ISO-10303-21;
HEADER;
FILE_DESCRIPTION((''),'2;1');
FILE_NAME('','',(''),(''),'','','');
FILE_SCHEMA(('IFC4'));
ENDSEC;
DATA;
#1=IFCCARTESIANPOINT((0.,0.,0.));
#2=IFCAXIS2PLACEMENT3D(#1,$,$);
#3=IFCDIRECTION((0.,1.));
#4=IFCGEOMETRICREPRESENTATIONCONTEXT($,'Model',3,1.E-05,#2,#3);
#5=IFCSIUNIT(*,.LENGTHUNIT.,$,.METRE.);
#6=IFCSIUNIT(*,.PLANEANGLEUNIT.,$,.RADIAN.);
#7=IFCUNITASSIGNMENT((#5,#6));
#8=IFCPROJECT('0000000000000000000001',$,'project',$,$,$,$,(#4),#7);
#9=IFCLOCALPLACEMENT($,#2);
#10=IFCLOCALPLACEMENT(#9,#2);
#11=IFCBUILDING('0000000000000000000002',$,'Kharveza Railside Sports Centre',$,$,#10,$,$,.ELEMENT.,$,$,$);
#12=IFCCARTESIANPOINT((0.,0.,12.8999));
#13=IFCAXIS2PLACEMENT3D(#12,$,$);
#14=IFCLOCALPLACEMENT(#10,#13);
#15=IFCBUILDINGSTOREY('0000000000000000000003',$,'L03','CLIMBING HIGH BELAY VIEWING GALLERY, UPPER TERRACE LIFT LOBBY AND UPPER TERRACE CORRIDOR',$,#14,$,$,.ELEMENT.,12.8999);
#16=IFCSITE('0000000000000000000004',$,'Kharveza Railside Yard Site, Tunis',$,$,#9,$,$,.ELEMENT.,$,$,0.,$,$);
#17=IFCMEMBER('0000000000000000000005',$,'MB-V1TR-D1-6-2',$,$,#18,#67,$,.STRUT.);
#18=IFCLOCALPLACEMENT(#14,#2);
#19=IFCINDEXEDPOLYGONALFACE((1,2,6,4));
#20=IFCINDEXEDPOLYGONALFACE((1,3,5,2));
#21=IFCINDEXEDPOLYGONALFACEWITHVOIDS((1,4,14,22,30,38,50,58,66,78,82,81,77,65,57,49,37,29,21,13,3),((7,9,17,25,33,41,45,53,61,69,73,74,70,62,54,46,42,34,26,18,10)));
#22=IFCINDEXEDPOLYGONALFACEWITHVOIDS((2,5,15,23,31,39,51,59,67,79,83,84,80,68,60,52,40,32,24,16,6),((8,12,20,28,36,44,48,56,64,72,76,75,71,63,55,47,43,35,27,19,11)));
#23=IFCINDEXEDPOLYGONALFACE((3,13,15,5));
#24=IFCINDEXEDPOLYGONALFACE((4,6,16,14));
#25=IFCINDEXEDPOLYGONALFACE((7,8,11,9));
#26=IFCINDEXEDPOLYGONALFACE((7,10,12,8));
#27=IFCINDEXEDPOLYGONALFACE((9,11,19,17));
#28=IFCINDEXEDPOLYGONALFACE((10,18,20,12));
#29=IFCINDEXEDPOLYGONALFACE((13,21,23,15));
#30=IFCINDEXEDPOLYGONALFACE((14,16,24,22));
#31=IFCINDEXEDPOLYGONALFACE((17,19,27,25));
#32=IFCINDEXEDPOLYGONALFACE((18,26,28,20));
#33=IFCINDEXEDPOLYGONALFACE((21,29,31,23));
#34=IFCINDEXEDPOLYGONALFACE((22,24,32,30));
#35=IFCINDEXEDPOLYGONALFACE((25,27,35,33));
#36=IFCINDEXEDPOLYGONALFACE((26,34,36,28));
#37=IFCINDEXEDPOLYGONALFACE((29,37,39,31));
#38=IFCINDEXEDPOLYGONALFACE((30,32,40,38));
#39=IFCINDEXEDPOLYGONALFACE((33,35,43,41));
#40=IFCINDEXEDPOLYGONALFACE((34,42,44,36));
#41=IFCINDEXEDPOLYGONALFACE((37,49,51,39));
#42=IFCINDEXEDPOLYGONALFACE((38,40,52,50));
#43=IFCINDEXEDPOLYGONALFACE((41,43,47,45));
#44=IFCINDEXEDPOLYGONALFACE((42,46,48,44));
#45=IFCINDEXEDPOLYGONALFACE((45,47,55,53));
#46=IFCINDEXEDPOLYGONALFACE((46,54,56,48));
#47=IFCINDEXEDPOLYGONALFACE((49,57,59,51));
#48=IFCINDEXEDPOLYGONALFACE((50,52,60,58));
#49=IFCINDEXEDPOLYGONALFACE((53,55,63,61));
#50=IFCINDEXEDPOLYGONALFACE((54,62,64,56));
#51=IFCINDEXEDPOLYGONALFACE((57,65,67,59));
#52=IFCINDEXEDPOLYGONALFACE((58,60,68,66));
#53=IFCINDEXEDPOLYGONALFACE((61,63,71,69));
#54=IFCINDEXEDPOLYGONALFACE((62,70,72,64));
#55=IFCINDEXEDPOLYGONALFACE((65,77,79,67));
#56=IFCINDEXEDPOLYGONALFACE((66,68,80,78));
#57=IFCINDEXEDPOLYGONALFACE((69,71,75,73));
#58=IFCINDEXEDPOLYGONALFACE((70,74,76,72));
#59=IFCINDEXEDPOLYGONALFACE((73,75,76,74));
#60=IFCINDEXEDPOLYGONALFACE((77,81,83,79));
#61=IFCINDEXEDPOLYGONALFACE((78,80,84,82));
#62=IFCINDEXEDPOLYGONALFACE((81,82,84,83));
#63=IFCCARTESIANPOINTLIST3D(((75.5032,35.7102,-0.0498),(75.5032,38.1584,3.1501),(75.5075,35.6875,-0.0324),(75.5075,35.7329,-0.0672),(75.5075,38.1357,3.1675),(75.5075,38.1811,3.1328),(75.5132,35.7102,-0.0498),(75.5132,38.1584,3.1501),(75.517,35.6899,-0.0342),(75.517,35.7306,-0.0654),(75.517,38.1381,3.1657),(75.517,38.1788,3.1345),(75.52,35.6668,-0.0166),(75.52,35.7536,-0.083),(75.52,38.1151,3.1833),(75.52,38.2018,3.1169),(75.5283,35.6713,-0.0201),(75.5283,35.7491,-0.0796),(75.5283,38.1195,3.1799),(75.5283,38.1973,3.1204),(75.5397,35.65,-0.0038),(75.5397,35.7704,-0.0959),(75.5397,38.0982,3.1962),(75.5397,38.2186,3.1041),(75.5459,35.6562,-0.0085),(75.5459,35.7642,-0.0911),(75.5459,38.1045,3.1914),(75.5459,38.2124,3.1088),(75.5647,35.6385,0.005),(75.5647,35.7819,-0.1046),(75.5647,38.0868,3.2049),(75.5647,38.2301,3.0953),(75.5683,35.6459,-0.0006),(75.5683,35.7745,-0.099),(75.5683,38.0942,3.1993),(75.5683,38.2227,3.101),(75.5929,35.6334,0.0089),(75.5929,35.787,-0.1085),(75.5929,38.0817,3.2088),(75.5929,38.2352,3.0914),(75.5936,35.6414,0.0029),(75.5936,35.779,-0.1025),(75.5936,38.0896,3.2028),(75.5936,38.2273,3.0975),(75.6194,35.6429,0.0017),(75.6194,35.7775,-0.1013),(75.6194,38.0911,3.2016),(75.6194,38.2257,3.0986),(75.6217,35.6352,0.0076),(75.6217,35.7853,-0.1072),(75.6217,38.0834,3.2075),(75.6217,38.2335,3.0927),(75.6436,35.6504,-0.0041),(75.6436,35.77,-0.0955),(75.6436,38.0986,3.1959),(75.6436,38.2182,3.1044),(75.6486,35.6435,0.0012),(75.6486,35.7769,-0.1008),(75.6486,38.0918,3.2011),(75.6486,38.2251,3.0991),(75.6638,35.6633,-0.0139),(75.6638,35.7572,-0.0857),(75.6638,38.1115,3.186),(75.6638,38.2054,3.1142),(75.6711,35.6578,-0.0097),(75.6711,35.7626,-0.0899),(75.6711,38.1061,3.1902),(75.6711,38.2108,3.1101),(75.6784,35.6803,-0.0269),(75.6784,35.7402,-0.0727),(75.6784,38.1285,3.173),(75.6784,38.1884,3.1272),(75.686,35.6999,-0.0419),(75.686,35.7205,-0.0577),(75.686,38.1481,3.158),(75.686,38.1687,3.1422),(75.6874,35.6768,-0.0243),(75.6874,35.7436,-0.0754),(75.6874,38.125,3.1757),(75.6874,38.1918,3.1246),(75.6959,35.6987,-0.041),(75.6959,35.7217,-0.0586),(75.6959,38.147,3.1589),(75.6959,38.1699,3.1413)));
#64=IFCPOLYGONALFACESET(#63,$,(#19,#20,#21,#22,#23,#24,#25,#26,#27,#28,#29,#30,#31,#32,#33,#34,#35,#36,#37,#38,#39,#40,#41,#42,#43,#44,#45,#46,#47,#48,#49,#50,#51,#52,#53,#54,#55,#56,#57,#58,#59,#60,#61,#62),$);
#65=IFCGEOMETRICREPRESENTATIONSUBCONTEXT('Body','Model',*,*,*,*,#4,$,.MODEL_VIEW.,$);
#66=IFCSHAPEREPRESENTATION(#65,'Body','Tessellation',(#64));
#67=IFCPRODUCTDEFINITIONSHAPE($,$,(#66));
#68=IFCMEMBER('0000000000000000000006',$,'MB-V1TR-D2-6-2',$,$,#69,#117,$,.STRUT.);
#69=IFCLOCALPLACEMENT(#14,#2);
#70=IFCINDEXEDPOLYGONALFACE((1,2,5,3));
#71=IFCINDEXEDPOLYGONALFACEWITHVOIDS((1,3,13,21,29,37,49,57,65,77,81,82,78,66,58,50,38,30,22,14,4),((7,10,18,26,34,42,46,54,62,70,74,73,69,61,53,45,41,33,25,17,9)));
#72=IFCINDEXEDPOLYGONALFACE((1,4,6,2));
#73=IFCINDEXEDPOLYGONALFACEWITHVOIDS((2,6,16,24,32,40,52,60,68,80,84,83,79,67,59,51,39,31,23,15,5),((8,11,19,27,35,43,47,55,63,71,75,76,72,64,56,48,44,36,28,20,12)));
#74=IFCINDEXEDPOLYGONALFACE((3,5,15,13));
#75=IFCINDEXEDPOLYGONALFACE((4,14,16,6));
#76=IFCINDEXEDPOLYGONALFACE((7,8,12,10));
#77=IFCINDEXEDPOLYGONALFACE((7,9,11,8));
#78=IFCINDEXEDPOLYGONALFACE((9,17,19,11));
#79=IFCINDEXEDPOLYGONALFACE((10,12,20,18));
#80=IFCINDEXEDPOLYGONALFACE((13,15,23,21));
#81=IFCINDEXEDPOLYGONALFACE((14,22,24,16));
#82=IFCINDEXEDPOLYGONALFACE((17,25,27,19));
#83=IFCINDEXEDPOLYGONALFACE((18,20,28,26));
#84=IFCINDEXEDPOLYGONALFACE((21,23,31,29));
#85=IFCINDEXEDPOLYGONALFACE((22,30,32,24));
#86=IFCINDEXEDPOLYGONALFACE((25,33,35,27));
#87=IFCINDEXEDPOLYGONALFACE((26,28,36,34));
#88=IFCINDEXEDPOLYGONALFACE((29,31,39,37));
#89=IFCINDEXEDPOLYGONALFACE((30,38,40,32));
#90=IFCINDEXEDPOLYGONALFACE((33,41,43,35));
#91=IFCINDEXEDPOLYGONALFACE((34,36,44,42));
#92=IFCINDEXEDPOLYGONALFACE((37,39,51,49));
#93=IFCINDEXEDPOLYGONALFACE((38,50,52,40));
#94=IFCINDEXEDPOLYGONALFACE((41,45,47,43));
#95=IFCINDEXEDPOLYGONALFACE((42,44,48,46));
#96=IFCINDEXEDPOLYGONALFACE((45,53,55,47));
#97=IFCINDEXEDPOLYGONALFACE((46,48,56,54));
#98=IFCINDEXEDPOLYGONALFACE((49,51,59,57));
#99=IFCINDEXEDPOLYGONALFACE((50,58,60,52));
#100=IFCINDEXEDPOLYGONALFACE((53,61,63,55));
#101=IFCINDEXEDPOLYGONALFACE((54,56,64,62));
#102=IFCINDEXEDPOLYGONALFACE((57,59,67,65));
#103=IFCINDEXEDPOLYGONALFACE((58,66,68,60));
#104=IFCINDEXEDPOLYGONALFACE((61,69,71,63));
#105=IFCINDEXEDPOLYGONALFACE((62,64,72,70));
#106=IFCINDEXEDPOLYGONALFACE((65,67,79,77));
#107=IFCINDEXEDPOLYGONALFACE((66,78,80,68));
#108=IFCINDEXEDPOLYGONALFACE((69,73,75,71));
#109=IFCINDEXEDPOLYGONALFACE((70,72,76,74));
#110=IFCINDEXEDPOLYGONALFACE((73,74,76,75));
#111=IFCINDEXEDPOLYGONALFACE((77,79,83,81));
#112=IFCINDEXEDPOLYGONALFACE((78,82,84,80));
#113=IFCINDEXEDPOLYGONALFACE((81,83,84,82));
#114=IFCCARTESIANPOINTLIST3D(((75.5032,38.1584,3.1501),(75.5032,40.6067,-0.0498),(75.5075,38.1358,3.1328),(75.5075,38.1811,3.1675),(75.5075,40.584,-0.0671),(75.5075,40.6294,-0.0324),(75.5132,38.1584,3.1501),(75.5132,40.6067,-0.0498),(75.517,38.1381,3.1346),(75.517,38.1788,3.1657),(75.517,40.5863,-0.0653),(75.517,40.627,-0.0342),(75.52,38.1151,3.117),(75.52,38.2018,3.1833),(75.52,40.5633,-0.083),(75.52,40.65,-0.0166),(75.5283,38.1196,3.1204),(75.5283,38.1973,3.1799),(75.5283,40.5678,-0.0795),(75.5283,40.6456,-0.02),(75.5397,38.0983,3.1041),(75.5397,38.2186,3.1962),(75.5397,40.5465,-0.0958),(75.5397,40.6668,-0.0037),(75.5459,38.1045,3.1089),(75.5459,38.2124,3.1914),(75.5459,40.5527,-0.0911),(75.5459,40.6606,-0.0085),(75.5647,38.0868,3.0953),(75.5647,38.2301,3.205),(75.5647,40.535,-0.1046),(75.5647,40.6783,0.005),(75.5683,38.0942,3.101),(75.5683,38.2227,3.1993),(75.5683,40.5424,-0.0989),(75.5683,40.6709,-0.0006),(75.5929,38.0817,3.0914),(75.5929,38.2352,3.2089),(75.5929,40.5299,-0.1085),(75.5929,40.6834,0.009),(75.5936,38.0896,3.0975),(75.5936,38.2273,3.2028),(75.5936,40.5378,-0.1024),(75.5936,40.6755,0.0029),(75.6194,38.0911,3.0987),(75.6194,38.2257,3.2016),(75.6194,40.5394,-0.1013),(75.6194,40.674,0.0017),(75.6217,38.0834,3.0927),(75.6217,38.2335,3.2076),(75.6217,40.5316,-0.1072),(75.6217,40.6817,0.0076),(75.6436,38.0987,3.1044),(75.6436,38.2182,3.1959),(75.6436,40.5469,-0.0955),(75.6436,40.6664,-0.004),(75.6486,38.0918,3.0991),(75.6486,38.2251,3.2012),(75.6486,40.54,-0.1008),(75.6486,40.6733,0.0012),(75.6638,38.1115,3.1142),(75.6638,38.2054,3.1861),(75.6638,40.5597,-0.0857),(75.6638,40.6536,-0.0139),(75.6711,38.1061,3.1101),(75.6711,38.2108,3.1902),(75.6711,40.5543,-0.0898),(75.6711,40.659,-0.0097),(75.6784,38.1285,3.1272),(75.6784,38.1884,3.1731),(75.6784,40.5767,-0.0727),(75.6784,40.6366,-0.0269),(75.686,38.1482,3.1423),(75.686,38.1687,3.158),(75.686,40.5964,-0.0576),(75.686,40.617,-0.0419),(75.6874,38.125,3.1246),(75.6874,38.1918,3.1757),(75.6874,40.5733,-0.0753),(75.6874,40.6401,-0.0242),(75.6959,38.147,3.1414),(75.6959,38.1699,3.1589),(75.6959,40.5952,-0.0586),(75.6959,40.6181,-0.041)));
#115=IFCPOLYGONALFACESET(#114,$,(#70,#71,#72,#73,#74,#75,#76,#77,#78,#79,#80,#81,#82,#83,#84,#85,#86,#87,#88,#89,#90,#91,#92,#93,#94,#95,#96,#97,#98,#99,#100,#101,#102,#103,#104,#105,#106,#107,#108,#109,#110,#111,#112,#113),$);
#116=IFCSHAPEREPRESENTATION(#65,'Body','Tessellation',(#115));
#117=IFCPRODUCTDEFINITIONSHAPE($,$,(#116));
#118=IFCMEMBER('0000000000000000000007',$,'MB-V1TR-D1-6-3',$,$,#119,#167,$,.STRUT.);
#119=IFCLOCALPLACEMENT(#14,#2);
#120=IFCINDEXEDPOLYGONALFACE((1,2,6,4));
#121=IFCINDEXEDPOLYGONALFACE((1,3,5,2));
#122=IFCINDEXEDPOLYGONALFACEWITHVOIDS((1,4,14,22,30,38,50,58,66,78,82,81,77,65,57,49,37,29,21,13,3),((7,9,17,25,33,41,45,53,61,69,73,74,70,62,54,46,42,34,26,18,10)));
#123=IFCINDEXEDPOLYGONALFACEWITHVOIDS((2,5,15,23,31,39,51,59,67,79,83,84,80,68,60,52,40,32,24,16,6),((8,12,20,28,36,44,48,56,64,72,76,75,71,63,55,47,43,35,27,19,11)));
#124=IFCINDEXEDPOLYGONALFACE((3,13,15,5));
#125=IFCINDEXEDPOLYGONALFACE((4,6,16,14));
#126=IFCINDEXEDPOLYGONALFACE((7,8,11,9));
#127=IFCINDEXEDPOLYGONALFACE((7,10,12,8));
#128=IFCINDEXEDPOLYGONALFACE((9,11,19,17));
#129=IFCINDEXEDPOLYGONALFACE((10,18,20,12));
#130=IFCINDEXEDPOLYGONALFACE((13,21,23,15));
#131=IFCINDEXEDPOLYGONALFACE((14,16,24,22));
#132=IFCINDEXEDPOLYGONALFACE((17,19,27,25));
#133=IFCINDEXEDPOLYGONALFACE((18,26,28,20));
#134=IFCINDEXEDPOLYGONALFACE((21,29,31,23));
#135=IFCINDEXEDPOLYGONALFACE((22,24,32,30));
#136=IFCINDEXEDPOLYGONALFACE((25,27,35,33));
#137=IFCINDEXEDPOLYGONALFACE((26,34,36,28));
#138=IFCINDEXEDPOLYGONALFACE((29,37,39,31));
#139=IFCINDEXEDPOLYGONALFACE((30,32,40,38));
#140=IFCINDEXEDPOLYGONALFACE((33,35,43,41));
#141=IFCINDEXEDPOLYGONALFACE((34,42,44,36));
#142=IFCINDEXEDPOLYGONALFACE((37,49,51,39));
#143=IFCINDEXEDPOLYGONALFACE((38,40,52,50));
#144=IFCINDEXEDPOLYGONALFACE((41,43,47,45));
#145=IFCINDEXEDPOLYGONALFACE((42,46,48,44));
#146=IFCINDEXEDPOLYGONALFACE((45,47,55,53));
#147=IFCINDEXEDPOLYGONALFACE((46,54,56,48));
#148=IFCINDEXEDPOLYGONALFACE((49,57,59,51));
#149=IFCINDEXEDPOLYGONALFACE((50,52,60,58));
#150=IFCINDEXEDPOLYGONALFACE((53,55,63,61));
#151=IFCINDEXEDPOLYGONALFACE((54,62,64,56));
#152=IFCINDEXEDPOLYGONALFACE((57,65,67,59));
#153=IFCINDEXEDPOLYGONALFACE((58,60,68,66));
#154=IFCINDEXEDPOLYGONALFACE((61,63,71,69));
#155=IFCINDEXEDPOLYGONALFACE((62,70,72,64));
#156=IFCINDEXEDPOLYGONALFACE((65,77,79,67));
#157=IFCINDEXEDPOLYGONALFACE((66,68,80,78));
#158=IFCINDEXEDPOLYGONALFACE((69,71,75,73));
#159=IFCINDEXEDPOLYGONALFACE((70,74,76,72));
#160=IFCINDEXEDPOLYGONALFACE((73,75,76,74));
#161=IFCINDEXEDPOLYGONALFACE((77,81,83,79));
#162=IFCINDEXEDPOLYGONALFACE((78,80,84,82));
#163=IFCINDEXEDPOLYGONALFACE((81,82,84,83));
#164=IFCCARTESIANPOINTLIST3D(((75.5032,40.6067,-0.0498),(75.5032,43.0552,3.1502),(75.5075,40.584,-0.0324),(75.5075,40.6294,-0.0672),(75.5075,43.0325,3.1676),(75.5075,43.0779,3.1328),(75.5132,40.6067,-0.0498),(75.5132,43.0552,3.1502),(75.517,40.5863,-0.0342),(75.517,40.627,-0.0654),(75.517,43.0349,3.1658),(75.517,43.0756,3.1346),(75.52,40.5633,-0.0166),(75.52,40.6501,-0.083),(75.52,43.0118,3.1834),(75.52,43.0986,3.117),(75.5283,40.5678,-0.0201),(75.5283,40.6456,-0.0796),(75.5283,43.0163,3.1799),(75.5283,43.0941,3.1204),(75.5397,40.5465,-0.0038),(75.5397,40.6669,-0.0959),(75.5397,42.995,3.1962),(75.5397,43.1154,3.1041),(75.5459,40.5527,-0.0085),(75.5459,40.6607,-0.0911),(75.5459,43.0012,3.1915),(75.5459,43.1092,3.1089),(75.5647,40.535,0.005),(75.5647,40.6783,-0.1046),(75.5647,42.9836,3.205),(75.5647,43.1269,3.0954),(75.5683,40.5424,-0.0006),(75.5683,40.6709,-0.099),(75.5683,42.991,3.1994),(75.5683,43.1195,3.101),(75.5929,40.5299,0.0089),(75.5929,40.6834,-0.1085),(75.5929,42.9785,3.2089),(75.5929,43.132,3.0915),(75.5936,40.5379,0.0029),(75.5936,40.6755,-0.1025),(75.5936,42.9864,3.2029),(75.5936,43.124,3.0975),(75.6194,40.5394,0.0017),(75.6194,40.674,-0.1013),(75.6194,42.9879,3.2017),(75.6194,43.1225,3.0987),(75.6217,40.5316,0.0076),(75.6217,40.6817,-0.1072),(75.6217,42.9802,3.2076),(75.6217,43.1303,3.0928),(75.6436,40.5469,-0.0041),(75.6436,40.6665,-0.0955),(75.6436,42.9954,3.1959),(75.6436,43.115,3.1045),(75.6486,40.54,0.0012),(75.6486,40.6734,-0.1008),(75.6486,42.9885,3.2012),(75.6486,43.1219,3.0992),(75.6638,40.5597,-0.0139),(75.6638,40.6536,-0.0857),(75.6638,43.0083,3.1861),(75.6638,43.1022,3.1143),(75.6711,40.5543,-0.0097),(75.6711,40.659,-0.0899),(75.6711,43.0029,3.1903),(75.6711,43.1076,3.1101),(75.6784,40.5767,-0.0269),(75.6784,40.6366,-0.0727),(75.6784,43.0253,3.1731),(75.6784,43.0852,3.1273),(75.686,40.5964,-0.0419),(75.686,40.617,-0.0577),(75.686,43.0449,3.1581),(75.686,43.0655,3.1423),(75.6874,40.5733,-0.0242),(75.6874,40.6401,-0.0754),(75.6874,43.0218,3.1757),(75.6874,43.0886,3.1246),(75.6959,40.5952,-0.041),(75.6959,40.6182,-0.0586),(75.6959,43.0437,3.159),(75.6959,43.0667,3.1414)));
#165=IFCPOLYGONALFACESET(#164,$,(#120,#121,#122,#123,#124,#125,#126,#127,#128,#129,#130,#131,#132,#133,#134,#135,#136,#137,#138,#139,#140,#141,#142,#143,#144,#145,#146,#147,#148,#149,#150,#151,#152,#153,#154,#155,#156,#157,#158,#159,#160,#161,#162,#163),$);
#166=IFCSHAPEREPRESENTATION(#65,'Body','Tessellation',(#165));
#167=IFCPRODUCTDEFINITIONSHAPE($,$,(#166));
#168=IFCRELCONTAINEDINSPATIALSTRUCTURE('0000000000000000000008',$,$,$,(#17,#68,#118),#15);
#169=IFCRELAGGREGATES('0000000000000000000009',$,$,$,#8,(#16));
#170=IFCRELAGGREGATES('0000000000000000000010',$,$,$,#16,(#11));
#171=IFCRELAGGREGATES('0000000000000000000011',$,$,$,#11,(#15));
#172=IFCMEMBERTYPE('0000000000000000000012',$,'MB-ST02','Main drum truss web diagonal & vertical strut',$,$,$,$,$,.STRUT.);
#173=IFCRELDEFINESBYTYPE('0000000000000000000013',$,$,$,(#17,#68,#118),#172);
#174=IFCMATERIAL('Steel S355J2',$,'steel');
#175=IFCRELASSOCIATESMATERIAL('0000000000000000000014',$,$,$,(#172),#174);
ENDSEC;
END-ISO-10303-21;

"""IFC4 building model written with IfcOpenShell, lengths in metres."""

from ifc_helpers import new_model, si_unit, direction, frame, origin, origin_2d, place, context, subcontext, project, spatial, hollow_circle, extrude, material, material_profile, profile_set, type_object, element, save


model = new_model("IFC4")

# Units and contexts
model_context = context("Model", 3, precision=1e-05, world=origin(), true_north=direction((0.0, 1.0)))
body_context = subcontext(model_context, "Body", "Model", "MODEL_VIEW")
ifc_project = project(units=[si_unit("LENGTHUNIT", "METRE"), si_unit("PLANEANGLEUNIT", "RADIAN")], contexts=[model_context])

# Site, building, storey
site_placement = place(None, origin())
site = spatial("IfcSite", under=ifc_project, at=site_placement, Name="Kharveza Railside Yard Site, Tunis", CompositionType="ELEMENT", RefElevation=0.0)
building_placement = place(site_placement, origin())
building = spatial("IfcBuilding", under=site, at=building_placement, Name="Kharveza Railside Sports Centre", CompositionType="ELEMENT")
storey_placement = place(building_placement, frame((0.0, 0.0, 12.8999)))
storey = spatial("IfcBuildingStorey", under=building, at=storey_placement, Name="L03", Description="CLIMBING HIGH BELAY VIEWING GALLERY, UPPER TERRACE LIFT LOBBY AND UPPER TERRACE CORRIDOR", CompositionType="ELEMENT", Elevation=12.8999)

# Shared definitions
ifc_material_1 = material(Name="Steel S355J2", Category="steel")

# Members
ifc_material_profile_1 = material_profile(ifc_material_1, hollow_circle(Radius=0.0969, WallThickness=0.01, at=origin_2d()), Name="CHS 193.7x10.0")
ifc_profile_set_1 = profile_set([ifc_material_profile_1], Name="Steel S355J2")
member_type_1 = type_object("IfcMemberType", Name="MB-ST02", Description="Main drum truss web diagonal & vertical strut", PredefinedType="STRUT", material=ifc_profile_set_1)
for number, where, z_axis, x_axis, name in (
    (1, (75.6001, 35.7102, -0.0498), (0.0, 0.607641, 0.794212), (-1.0, 0.0, 0.0), "MB-V1TR-D1-6-2"),
    (2, (75.6001, 38.1584, 3.1501), (0.0, 0.607641, -0.794212), (-1.0, 0.0, 0.0), "MB-V1TR-D2-6-2"),
):
    element("IfcMember", number, at=place(storey_placement, frame(where, z_axis=z_axis, x_axis=x_axis)), inside=storey, type_object=member_type_1, Name=name, PredefinedType="STRUT", context=body_context, shape_type="SweptSolid", body=[
        extrude(hollow_circle(Radius=0.0969, WallThickness=0.01, at=origin_2d()), origin(), (0.0, 0.0, 1.0), 4.0291),
    ])
member_1_placement = place(storey_placement, frame((75.6001, 40.6067, -0.0498), z_axis=(0.0, 0.607679, 0.794182), x_axis=(-1.0, 0.0, 0.0)))
element("IfcMember", 3, at=member_1_placement, inside=storey, type_object=member_type_1, Name="MB-V1TR-D1-6-3", PredefinedType="STRUT", context=body_context, shape_type="SweptSolid", body=[
    extrude(hollow_circle(Radius=0.0969, WallThickness=0.01, at=origin_2d()), origin(), (0.0, 0.0, 1.0), 4.0293),
])

save(model, "model.ifc")
